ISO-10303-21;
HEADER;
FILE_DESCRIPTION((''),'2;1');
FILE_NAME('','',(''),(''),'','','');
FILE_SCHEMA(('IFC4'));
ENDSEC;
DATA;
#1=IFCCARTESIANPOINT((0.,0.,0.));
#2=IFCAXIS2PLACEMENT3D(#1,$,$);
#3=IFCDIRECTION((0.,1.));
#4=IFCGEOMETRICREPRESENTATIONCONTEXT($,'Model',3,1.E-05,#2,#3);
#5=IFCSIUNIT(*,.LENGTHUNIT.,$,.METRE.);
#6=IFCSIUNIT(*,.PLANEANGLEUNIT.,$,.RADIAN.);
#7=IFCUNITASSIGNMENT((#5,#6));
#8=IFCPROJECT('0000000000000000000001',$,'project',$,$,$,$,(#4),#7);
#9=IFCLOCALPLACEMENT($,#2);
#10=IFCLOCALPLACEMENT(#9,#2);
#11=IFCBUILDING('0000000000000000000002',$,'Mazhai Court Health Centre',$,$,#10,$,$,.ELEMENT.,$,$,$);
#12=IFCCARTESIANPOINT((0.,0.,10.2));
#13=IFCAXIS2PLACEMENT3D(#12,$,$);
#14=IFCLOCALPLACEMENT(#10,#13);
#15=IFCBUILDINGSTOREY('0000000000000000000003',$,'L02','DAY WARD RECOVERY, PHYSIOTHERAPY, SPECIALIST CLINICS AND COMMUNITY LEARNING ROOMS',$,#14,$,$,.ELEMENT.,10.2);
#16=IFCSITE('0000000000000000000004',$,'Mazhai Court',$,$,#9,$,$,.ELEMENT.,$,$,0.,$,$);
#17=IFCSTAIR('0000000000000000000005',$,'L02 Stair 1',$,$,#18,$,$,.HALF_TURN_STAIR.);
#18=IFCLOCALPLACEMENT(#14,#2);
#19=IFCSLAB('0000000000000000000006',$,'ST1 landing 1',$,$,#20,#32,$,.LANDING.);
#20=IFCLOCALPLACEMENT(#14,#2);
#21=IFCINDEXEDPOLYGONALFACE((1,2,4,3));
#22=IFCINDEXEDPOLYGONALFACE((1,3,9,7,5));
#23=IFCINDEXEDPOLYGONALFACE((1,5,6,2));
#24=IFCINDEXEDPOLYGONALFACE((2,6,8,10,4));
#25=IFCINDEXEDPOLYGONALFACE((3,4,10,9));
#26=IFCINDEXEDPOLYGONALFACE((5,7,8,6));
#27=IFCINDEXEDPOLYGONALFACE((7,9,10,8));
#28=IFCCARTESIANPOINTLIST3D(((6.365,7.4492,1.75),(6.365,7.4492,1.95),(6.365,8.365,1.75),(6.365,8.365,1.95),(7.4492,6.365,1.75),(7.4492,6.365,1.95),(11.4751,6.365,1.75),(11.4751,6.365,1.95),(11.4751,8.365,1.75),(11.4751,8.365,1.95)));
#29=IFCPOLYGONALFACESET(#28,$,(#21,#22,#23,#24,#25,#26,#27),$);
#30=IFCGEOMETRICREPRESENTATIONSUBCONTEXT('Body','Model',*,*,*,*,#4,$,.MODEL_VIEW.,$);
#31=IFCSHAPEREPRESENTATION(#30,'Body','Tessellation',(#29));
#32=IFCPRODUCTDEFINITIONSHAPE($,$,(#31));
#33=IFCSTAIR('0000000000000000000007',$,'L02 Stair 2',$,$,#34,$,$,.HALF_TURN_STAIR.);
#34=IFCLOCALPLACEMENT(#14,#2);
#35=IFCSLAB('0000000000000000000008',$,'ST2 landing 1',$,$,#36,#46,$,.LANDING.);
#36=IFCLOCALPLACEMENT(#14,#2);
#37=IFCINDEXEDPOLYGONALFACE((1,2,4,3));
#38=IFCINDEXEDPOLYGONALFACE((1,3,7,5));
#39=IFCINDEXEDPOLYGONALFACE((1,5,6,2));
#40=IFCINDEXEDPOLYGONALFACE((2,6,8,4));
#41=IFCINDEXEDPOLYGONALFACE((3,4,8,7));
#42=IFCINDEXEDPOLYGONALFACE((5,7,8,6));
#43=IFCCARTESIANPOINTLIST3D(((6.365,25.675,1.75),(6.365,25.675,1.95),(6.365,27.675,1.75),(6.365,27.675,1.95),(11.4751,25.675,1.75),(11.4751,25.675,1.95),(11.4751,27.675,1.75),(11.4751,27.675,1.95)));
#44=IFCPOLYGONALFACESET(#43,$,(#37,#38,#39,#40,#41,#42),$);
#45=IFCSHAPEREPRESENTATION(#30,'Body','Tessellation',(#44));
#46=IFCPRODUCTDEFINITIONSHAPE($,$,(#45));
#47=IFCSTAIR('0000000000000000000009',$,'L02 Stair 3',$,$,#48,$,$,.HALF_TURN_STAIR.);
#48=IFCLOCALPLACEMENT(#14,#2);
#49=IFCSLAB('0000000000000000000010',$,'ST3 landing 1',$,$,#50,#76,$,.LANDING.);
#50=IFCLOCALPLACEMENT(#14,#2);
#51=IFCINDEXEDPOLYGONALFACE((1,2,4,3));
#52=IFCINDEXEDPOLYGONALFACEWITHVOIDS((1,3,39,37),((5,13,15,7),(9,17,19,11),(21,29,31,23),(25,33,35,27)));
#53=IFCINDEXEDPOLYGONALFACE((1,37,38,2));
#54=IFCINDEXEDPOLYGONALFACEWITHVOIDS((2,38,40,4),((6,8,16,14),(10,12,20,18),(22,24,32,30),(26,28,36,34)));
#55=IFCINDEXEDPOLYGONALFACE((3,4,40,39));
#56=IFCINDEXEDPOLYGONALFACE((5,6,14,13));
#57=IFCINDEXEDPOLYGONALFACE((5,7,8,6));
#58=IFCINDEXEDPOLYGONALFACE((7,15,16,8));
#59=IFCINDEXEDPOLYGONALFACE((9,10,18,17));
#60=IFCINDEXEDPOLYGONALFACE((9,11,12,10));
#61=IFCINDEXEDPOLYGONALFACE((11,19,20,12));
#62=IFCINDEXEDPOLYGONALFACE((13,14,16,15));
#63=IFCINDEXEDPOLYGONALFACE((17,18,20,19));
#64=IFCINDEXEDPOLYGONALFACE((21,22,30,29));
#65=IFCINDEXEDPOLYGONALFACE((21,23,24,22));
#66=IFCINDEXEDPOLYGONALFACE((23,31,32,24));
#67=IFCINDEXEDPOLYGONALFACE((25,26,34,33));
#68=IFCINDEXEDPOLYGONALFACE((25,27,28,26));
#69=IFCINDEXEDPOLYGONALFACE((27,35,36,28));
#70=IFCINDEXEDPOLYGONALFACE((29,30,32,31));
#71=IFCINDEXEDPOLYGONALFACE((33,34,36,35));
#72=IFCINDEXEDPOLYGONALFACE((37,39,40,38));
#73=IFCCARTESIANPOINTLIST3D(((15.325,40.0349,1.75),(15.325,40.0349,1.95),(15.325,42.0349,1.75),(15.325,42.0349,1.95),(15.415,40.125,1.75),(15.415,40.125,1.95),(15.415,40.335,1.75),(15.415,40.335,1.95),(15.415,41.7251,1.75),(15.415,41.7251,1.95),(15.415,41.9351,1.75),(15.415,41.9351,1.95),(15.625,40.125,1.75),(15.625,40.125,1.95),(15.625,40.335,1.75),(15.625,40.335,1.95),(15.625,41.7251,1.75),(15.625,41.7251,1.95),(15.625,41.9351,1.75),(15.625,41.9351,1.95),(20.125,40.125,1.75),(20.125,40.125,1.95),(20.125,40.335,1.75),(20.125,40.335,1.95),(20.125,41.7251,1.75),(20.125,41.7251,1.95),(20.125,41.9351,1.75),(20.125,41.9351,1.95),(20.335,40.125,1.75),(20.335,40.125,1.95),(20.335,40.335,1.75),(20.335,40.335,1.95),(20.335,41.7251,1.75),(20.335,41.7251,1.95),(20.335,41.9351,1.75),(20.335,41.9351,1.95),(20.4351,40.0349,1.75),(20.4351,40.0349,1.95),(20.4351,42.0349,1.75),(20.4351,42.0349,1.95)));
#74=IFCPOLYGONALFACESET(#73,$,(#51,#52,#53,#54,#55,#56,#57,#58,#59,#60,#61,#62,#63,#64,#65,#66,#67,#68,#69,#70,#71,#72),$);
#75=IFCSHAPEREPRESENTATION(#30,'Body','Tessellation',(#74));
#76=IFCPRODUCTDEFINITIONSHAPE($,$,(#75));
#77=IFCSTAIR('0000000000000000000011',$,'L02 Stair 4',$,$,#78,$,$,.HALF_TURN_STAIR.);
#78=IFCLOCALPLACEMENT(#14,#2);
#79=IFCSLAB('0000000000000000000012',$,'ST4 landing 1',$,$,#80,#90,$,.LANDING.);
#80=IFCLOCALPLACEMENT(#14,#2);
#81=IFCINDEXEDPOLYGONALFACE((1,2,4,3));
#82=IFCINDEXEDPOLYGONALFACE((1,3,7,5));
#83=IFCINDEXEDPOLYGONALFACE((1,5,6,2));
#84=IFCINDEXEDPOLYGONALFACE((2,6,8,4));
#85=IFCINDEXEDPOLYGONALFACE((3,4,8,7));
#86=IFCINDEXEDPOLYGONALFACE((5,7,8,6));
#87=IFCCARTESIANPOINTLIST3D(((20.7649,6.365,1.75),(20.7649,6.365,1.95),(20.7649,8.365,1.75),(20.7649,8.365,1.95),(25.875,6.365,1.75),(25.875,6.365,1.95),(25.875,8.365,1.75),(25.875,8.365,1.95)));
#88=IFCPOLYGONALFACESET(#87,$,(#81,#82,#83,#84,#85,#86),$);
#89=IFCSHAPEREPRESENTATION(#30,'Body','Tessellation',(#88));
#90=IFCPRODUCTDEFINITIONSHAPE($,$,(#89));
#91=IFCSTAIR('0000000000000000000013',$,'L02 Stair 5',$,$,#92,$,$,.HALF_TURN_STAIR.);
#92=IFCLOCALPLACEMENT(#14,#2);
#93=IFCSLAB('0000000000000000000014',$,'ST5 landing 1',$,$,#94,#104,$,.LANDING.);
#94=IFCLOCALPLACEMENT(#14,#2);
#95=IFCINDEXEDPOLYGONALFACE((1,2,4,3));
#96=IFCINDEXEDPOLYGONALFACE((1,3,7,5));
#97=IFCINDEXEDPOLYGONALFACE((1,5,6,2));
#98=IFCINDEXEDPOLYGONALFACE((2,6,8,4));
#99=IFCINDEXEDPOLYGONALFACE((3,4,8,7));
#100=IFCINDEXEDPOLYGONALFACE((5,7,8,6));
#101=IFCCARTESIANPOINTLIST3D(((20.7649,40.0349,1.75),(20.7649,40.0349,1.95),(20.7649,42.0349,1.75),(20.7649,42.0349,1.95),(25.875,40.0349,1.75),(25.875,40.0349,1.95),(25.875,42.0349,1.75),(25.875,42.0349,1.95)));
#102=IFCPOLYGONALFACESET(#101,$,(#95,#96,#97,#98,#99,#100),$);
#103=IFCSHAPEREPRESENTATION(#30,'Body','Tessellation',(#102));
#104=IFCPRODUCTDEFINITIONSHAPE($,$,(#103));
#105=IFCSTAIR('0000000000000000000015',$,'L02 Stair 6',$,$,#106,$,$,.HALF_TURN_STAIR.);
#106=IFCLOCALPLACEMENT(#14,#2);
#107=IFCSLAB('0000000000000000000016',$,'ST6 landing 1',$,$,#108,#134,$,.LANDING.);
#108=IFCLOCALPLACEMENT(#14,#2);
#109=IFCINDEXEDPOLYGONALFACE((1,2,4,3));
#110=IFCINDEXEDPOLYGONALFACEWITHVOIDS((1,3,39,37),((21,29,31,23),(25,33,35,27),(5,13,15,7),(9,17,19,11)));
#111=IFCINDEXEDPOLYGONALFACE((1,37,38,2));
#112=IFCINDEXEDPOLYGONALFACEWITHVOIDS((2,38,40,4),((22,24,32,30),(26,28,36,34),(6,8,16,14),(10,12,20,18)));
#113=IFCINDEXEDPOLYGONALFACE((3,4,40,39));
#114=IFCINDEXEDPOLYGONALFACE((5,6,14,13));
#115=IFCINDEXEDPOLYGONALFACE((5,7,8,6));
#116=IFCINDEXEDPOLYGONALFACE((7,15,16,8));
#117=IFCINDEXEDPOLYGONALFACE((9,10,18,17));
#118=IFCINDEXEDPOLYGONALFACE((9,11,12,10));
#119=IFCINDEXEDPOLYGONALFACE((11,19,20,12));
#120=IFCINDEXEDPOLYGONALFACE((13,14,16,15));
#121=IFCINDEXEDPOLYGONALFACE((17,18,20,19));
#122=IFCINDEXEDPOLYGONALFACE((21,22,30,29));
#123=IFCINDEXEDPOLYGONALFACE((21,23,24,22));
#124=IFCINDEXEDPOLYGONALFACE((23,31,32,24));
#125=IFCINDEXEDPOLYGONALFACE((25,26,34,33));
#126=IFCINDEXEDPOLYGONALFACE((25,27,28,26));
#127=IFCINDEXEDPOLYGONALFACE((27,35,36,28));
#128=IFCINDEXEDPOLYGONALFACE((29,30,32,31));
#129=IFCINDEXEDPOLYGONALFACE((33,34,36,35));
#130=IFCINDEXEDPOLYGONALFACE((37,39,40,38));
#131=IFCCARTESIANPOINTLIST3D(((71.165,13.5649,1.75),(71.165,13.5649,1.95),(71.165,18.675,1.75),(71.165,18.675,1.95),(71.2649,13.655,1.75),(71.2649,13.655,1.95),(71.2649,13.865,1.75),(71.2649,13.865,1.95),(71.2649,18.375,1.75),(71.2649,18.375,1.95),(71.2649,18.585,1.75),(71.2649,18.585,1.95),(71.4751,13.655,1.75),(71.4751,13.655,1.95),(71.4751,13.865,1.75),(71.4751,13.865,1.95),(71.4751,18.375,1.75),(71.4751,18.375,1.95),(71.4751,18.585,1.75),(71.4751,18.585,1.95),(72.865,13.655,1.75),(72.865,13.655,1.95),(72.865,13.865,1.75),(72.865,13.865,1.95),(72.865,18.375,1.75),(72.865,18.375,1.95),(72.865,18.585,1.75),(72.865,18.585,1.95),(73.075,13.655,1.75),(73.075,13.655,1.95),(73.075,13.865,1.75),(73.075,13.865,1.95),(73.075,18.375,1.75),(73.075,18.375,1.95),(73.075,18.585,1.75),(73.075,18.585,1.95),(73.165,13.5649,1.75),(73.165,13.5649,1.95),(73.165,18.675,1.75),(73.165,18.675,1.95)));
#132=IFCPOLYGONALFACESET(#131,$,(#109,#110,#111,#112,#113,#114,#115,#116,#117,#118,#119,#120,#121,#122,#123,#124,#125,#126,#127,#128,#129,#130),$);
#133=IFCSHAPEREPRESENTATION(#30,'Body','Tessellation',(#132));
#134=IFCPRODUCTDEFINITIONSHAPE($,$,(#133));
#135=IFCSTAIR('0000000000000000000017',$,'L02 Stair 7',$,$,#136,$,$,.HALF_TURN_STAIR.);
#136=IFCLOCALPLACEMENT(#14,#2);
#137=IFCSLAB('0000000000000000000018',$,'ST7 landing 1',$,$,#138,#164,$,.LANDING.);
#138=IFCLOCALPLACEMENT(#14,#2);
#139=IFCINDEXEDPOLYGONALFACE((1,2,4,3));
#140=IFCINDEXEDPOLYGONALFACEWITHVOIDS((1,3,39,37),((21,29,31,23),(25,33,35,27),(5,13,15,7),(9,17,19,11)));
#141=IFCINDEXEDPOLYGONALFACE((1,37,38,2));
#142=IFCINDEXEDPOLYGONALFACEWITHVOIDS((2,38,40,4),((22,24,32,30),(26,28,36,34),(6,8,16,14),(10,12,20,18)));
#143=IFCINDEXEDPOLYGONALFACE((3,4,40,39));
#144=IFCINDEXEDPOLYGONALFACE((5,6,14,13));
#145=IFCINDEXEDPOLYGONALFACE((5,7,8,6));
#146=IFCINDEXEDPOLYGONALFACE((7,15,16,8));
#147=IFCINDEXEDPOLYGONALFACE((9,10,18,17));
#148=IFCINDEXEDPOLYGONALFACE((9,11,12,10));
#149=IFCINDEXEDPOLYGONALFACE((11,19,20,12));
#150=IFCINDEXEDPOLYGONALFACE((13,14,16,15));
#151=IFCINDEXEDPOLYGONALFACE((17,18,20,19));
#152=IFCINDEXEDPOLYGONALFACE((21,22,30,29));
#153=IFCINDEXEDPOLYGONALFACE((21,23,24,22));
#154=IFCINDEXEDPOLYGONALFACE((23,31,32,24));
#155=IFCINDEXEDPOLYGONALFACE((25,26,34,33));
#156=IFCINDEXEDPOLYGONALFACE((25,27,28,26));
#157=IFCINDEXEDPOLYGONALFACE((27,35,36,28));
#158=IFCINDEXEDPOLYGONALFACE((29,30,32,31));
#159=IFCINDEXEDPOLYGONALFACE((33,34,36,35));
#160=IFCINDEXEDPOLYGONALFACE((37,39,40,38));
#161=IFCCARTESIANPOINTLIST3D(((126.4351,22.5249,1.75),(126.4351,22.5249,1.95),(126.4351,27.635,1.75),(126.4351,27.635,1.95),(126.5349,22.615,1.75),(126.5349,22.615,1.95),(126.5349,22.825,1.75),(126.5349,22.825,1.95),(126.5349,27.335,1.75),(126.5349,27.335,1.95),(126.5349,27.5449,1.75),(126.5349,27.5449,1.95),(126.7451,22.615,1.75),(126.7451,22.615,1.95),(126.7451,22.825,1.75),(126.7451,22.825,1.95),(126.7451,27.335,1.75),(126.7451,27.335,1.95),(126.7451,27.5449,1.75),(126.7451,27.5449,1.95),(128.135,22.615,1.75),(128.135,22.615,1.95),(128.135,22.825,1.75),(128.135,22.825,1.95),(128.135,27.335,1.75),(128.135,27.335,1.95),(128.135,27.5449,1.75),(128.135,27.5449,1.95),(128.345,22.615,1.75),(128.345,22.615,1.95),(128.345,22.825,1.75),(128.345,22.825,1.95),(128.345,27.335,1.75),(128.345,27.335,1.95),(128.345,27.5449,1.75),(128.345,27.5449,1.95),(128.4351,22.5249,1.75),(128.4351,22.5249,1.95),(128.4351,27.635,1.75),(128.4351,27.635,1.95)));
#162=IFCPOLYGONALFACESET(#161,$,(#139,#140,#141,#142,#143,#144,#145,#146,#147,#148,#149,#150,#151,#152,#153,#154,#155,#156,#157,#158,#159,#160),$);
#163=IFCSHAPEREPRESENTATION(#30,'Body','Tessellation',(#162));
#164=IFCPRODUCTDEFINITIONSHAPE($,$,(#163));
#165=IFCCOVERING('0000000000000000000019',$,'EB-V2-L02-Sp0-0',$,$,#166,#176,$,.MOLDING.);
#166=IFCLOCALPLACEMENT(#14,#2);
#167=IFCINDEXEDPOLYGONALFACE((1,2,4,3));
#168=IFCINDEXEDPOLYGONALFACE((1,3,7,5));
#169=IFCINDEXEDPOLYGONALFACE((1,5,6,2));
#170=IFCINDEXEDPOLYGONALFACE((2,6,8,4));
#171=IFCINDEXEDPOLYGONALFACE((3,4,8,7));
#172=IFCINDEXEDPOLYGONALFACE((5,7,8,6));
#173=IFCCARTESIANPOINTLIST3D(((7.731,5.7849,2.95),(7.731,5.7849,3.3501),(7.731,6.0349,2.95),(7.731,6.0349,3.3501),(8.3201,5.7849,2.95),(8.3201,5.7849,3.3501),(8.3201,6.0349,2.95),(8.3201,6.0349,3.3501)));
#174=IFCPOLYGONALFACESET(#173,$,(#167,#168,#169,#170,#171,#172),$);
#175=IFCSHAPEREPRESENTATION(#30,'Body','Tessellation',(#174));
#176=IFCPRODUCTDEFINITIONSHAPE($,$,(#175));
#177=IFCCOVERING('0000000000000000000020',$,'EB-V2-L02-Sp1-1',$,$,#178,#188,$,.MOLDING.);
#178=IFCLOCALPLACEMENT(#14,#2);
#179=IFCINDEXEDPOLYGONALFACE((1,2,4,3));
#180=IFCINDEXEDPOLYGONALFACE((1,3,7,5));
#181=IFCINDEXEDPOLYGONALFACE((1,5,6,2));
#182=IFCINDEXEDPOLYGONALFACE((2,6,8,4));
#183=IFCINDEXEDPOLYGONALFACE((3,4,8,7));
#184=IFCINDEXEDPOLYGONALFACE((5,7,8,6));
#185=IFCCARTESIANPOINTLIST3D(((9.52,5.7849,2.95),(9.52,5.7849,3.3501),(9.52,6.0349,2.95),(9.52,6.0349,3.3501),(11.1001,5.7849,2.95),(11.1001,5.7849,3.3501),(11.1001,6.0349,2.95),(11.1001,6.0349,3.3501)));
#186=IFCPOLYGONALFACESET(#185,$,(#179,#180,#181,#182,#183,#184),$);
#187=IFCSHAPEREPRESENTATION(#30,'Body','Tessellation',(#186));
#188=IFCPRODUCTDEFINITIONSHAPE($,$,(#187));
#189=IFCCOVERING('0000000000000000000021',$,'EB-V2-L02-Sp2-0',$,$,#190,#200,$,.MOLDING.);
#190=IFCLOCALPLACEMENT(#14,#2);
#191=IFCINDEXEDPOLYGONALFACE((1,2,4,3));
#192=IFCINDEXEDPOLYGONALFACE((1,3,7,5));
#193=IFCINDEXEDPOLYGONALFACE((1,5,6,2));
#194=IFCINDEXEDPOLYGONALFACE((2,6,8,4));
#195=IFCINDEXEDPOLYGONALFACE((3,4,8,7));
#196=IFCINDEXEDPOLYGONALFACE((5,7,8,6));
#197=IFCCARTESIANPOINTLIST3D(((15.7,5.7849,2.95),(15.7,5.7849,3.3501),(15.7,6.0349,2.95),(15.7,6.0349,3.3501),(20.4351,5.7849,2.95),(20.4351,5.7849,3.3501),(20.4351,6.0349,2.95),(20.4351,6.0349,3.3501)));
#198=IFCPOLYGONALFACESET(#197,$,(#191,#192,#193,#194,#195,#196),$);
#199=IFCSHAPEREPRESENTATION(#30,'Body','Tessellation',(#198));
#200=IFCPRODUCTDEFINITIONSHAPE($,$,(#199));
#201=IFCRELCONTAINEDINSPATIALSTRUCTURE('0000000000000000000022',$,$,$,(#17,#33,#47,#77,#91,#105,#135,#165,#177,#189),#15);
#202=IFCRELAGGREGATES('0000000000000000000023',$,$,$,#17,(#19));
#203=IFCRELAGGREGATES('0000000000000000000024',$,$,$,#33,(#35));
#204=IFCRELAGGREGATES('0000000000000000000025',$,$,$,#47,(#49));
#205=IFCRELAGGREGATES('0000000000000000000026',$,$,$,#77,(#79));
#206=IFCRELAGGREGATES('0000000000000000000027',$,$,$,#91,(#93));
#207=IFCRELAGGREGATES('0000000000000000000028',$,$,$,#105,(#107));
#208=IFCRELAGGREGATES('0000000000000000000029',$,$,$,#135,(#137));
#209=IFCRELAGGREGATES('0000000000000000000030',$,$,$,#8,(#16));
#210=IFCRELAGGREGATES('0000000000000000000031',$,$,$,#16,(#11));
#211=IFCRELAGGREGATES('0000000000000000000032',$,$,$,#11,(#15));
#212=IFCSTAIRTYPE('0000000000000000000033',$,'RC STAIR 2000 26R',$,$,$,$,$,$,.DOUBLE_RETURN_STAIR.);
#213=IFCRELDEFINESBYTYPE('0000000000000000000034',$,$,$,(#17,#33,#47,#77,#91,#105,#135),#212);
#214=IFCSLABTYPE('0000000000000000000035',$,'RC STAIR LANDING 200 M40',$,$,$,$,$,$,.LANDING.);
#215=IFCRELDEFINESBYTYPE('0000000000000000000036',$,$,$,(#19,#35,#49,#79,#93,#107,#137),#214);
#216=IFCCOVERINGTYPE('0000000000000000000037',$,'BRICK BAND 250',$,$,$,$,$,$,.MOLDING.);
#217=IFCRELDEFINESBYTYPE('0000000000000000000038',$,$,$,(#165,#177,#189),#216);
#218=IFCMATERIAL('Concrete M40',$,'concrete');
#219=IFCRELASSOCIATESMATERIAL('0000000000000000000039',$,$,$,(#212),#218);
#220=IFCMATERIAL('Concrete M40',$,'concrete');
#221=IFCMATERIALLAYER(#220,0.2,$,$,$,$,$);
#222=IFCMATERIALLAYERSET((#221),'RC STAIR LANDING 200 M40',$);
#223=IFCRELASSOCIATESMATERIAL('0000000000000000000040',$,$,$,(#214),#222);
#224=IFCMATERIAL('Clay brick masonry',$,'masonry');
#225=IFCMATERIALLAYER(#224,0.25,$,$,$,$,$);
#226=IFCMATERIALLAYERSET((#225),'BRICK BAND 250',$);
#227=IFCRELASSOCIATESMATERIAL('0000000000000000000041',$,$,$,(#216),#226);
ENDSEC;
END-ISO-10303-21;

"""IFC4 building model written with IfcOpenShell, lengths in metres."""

from ifc_helpers import new_model, si_unit, direction, frame, origin, place, context, subcontext, project, spatial, polyline, outline, extrude, material, layer, layer_set, type_object, element, aggregate, save


model = new_model("IFC4")

# Units and contexts
model_context = context("Model", 3, precision=1e-05, world=origin(), true_north=direction((0.0, 1.0)))
body_context = subcontext(model_context, "Body", "Model", "MODEL_VIEW")
ifc_project = project(units=[si_unit("LENGTHUNIT", "METRE"), si_unit("PLANEANGLEUNIT", "RADIAN")], contexts=[model_context])

# Site, building, storey
site_placement = place(None, origin())
site = spatial("IfcSite", under=ifc_project, at=site_placement, Name="Mazhai Court", CompositionType="ELEMENT", RefElevation=0.0)
building_placement = place(site_placement, origin())
building = spatial("IfcBuilding", under=site, at=building_placement, Name="Mazhai Court Health Centre", CompositionType="ELEMENT")
storey_placement = place(building_placement, frame((0.0, 0.0, 10.2)))
storey = spatial("IfcBuildingStorey", under=building, at=storey_placement, Name="L02", Description="DAY WARD RECOVERY, PHYSIOTHERAPY, SPECIALIST CLINICS AND COMMUNITY LEARNING ROOMS", CompositionType="ELEMENT", Elevation=10.2)

# Stairs, slabs
ifc_material_1 = material(Name="Concrete M40", Category="concrete")
stair_type = type_object("IfcStairType", Name="RC STAIR 2000 26R", PredefinedType="DOUBLE_RETURN_STAIR", material=ifc_material_1)
stair_1_placement = place(storey_placement, origin())
stair_1 = element("IfcStair", 1, at=stair_1_placement, inside=storey, type_object=stair_type, Name="L02 Stair 1", PredefinedType="HALF_TURN_STAIR")
ifc_material_2 = material(Name="Concrete M40", Category="concrete")
ifc_layer_1 = layer(ifc_material_2, 0.2)
ifc_layer_set_1 = layer_set([ifc_layer_1], Name="RC STAIR LANDING 200 M40")
slab_type = type_object("IfcSlabType", Name="RC STAIR LANDING 200 M40", PredefinedType="LANDING", material=ifc_layer_set_1)
slab_1_placement = place(storey_placement, frame((0.0, 0.0, 1.75)))
slab_1 = element("IfcSlab", 2, at=slab_1_placement, type_object=slab_type, Name="ST1 landing 1", PredefinedType="LANDING", context=body_context, shape_type="SweptSolid", body=[
    extrude(outline(polyline([(6.365, 8.365), (11.4751, 8.365), (11.4751, 6.365), (7.4492, 6.365), (6.365, 7.4492), (6.365, 8.365)])), origin(), (0.0, 0.0, 1.0), 0.2),
])
aggregate(stair_1, [slab_1])
stair_2_placement = place(storey_placement, origin())
stair_2 = element("IfcStair", 3, at=stair_2_placement, inside=storey, type_object=stair_type, Name="L02 Stair 2", PredefinedType="HALF_TURN_STAIR")
slab_2_placement = place(storey_placement, frame((0.0, 0.0, 1.75)))
slab_2 = element("IfcSlab", 4, at=slab_2_placement, type_object=slab_type, Name="ST2 landing 1", PredefinedType="LANDING", context=body_context, shape_type="SweptSolid", body=[
    extrude(outline(polyline([(11.4751, 25.675), (11.4751, 27.675), (6.365, 27.675), (6.365, 25.675), (11.4751, 25.675)])), origin(), (0.0, 0.0, 1.0), 0.2),
])
aggregate(stair_2, [slab_2])
stair_3_placement = place(storey_placement, origin())
stair_3 = element("IfcStair", 5, at=stair_3_placement, inside=storey, type_object=stair_type, Name="L02 Stair 3", PredefinedType="HALF_TURN_STAIR")
slab_3_placement = place(storey_placement, frame((0.0, 0.0, 1.75)))
slab_3 = element("IfcSlab", 6, at=slab_3_placement, type_object=slab_type, Name="ST3 landing 1", PredefinedType="LANDING", context=body_context, shape_type="SweptSolid", body=[
    extrude(outline(polyline([(20.4351, 40.0349), (20.4351, 42.0349), (15.325, 42.0349), (15.325, 40.0349), (20.4351, 40.0349)]), holes=[polyline([(15.415, 41.7251), (15.625, 41.7251), (15.625, 41.9351), (15.415, 41.9351), (15.415, 41.7251)]), polyline([(20.125, 41.7251), (20.335, 41.7251), (20.335, 41.9351), (20.125, 41.9351), (20.125, 41.7251)]), polyline([(15.415, 40.125), (15.625, 40.125), (15.625, 40.335), (15.415, 40.335), (15.415, 40.125)]), polyline([(20.125, 40.125), (20.335, 40.125), (20.335, 40.335), (20.125, 40.335), (20.125, 40.125)])]), origin(), (0.0, 0.0, 1.0), 0.2),
])
aggregate(stair_3, [slab_3])
stair_4_placement = place(storey_placement, origin())
stair_4 = element("IfcStair", 7, at=stair_4_placement, inside=storey, type_object=stair_type, Name="L02 Stair 4", PredefinedType="HALF_TURN_STAIR")
slab_4_placement = place(storey_placement, frame((0.0, 0.0, 1.75)))
slab_4 = element("IfcSlab", 8, at=slab_4_placement, type_object=slab_type, Name="ST4 landing 1", PredefinedType="LANDING", context=body_context, shape_type="SweptSolid", body=[
    extrude(outline(polyline([(20.7649, 8.365), (20.7649, 6.365), (25.875, 6.365), (25.875, 8.365), (20.7649, 8.365)])), origin(), (0.0, 0.0, 1.0), 0.2),
])
aggregate(stair_4, [slab_4])
stair_5_placement = place(storey_placement, origin())
stair_5 = element("IfcStair", 9, at=stair_5_placement, inside=storey, type_object=stair_type, Name="L02 Stair 5", PredefinedType="HALF_TURN_STAIR")
slab_5_placement = place(storey_placement, frame((0.0, 0.0, 1.75)))
slab_5 = element("IfcSlab", 10, at=slab_5_placement, type_object=slab_type, Name="ST5 landing 1", PredefinedType="LANDING", context=body_context, shape_type="SweptSolid", body=[
    extrude(outline(polyline([(25.875, 40.0349), (25.875, 42.0349), (20.7649, 42.0349), (20.7649, 40.0349), (25.875, 40.0349)])), origin(), (0.0, 0.0, 1.0), 0.2),
])
aggregate(stair_5, [slab_5])
stair_6_placement = place(storey_placement, origin())
stair_6 = element("IfcStair", 11, at=stair_6_placement, inside=storey, type_object=stair_type, Name="L02 Stair 6", PredefinedType="HALF_TURN_STAIR")
slab_6_placement = place(storey_placement, frame((0.0, 0.0, 1.75)))
slab_6 = element("IfcSlab", 12, at=slab_6_placement, type_object=slab_type, Name="ST6 landing 1", PredefinedType="LANDING", context=body_context, shape_type="SweptSolid", body=[
    extrude(outline(polyline([(73.165, 18.675), (71.165, 18.675), (71.165, 13.5649), (73.165, 13.5649), (73.165, 18.675)]), holes=[polyline([(71.2649, 13.655), (71.4751, 13.655), (71.4751, 13.865), (71.2649, 13.865), (71.2649, 13.655)]), polyline([(71.2649, 18.375), (71.4751, 18.375), (71.4751, 18.585), (71.2649, 18.585), (71.2649, 18.375)]), polyline([(72.865, 13.655), (73.075, 13.655), (73.075, 13.865), (72.865, 13.865), (72.865, 13.655)]), polyline([(72.865, 18.375), (73.075, 18.375), (73.075, 18.585), (72.865, 18.585), (72.865, 18.375)])]), origin(), (0.0, 0.0, 1.0), 0.2),
])
aggregate(stair_6, [slab_6])
stair_7_placement = place(storey_placement, origin())
stair_7 = element("IfcStair", 13, at=stair_7_placement, inside=storey, type_object=stair_type, Name="L02 Stair 7", PredefinedType="HALF_TURN_STAIR")
slab_7_placement = place(storey_placement, frame((0.0, 0.0, 1.75)))
slab_7 = element("IfcSlab", 14, at=slab_7_placement, type_object=slab_type, Name="ST7 landing 1", PredefinedType="LANDING", context=body_context, shape_type="SweptSolid", body=[
    extrude(outline(polyline([(126.4351, 22.5249), (128.4351, 22.5249), (128.4351, 27.635), (126.4351, 27.635), (126.4351, 22.5249)]), holes=[polyline([(128.135, 22.615), (128.345, 22.615), (128.345, 22.825), (128.135, 22.825), (128.135, 22.615)]), polyline([(128.135, 27.335), (128.345, 27.335), (128.345, 27.5449), (128.135, 27.5449), (128.135, 27.335)]), polyline([(126.5349, 22.615), (126.7451, 22.615), (126.7451, 22.825), (126.5349, 22.825), (126.5349, 22.615)]), polyline([(126.5349, 27.335), (126.7451, 27.335), (126.7451, 27.5449), (126.5349, 27.5449), (126.5349, 27.335)])]), origin(), (0.0, 0.0, 1.0), 0.2),
])
aggregate(stair_7, [slab_7])

# Coverings
ifc_material_3 = material(Name="Clay brick masonry", Category="masonry")
ifc_layer_2 = layer(ifc_material_3, 0.25)
ifc_layer_set_2 = layer_set([ifc_layer_2], Name="BRICK BAND 250")
covering_type_1 = type_object("IfcCoveringType", Name="BRICK BAND 250", PredefinedType="MOLDING", material=ifc_layer_set_2)
covering_1_placement = place(storey_placement, frame((0.0, 0.0, 2.95)))
element("IfcCovering", 15, at=covering_1_placement, inside=storey, type_object=covering_type_1, Name="EB-V2-L02-Sp0-0", PredefinedType="MOLDING", context=body_context, shape_type="SweptSolid", body=[
    extrude(outline(polyline([(8.3201, 6.0349), (7.731, 6.0349), (7.731, 5.7849), (8.3201, 5.7849), (8.3201, 6.0349)])), origin(), (0.0, 0.0, 1.0), 0.4001),
])
covering_2_placement = place(storey_placement, frame((0.0, 0.0, 2.95)))
element("IfcCovering", 16, at=covering_2_placement, inside=storey, type_object=covering_type_1, Name="EB-V2-L02-Sp1-1", PredefinedType="MOLDING", context=body_context, shape_type="SweptSolid", body=[
    extrude(outline(polyline([(11.1001, 6.0349), (9.52, 6.0349), (9.52, 5.7849), (11.1001, 5.7849), (11.1001, 6.0349)])), origin(), (0.0, 0.0, 1.0), 0.4001),
])
covering_3_placement = place(storey_placement, frame((0.0, 0.0, 2.95)))
element("IfcCovering", 17, at=covering_3_placement, inside=storey, type_object=covering_type_1, Name="EB-V2-L02-Sp2-0", PredefinedType="MOLDING", context=body_context, shape_type="SweptSolid", body=[
    extrude(outline(polyline([(20.4351, 6.0349), (15.7, 6.0349), (15.7, 5.7849), (20.4351, 5.7849), (20.4351, 6.0349)])), origin(), (0.0, 0.0, 1.0), 0.4001),
])

save(model, "model.ifc")
